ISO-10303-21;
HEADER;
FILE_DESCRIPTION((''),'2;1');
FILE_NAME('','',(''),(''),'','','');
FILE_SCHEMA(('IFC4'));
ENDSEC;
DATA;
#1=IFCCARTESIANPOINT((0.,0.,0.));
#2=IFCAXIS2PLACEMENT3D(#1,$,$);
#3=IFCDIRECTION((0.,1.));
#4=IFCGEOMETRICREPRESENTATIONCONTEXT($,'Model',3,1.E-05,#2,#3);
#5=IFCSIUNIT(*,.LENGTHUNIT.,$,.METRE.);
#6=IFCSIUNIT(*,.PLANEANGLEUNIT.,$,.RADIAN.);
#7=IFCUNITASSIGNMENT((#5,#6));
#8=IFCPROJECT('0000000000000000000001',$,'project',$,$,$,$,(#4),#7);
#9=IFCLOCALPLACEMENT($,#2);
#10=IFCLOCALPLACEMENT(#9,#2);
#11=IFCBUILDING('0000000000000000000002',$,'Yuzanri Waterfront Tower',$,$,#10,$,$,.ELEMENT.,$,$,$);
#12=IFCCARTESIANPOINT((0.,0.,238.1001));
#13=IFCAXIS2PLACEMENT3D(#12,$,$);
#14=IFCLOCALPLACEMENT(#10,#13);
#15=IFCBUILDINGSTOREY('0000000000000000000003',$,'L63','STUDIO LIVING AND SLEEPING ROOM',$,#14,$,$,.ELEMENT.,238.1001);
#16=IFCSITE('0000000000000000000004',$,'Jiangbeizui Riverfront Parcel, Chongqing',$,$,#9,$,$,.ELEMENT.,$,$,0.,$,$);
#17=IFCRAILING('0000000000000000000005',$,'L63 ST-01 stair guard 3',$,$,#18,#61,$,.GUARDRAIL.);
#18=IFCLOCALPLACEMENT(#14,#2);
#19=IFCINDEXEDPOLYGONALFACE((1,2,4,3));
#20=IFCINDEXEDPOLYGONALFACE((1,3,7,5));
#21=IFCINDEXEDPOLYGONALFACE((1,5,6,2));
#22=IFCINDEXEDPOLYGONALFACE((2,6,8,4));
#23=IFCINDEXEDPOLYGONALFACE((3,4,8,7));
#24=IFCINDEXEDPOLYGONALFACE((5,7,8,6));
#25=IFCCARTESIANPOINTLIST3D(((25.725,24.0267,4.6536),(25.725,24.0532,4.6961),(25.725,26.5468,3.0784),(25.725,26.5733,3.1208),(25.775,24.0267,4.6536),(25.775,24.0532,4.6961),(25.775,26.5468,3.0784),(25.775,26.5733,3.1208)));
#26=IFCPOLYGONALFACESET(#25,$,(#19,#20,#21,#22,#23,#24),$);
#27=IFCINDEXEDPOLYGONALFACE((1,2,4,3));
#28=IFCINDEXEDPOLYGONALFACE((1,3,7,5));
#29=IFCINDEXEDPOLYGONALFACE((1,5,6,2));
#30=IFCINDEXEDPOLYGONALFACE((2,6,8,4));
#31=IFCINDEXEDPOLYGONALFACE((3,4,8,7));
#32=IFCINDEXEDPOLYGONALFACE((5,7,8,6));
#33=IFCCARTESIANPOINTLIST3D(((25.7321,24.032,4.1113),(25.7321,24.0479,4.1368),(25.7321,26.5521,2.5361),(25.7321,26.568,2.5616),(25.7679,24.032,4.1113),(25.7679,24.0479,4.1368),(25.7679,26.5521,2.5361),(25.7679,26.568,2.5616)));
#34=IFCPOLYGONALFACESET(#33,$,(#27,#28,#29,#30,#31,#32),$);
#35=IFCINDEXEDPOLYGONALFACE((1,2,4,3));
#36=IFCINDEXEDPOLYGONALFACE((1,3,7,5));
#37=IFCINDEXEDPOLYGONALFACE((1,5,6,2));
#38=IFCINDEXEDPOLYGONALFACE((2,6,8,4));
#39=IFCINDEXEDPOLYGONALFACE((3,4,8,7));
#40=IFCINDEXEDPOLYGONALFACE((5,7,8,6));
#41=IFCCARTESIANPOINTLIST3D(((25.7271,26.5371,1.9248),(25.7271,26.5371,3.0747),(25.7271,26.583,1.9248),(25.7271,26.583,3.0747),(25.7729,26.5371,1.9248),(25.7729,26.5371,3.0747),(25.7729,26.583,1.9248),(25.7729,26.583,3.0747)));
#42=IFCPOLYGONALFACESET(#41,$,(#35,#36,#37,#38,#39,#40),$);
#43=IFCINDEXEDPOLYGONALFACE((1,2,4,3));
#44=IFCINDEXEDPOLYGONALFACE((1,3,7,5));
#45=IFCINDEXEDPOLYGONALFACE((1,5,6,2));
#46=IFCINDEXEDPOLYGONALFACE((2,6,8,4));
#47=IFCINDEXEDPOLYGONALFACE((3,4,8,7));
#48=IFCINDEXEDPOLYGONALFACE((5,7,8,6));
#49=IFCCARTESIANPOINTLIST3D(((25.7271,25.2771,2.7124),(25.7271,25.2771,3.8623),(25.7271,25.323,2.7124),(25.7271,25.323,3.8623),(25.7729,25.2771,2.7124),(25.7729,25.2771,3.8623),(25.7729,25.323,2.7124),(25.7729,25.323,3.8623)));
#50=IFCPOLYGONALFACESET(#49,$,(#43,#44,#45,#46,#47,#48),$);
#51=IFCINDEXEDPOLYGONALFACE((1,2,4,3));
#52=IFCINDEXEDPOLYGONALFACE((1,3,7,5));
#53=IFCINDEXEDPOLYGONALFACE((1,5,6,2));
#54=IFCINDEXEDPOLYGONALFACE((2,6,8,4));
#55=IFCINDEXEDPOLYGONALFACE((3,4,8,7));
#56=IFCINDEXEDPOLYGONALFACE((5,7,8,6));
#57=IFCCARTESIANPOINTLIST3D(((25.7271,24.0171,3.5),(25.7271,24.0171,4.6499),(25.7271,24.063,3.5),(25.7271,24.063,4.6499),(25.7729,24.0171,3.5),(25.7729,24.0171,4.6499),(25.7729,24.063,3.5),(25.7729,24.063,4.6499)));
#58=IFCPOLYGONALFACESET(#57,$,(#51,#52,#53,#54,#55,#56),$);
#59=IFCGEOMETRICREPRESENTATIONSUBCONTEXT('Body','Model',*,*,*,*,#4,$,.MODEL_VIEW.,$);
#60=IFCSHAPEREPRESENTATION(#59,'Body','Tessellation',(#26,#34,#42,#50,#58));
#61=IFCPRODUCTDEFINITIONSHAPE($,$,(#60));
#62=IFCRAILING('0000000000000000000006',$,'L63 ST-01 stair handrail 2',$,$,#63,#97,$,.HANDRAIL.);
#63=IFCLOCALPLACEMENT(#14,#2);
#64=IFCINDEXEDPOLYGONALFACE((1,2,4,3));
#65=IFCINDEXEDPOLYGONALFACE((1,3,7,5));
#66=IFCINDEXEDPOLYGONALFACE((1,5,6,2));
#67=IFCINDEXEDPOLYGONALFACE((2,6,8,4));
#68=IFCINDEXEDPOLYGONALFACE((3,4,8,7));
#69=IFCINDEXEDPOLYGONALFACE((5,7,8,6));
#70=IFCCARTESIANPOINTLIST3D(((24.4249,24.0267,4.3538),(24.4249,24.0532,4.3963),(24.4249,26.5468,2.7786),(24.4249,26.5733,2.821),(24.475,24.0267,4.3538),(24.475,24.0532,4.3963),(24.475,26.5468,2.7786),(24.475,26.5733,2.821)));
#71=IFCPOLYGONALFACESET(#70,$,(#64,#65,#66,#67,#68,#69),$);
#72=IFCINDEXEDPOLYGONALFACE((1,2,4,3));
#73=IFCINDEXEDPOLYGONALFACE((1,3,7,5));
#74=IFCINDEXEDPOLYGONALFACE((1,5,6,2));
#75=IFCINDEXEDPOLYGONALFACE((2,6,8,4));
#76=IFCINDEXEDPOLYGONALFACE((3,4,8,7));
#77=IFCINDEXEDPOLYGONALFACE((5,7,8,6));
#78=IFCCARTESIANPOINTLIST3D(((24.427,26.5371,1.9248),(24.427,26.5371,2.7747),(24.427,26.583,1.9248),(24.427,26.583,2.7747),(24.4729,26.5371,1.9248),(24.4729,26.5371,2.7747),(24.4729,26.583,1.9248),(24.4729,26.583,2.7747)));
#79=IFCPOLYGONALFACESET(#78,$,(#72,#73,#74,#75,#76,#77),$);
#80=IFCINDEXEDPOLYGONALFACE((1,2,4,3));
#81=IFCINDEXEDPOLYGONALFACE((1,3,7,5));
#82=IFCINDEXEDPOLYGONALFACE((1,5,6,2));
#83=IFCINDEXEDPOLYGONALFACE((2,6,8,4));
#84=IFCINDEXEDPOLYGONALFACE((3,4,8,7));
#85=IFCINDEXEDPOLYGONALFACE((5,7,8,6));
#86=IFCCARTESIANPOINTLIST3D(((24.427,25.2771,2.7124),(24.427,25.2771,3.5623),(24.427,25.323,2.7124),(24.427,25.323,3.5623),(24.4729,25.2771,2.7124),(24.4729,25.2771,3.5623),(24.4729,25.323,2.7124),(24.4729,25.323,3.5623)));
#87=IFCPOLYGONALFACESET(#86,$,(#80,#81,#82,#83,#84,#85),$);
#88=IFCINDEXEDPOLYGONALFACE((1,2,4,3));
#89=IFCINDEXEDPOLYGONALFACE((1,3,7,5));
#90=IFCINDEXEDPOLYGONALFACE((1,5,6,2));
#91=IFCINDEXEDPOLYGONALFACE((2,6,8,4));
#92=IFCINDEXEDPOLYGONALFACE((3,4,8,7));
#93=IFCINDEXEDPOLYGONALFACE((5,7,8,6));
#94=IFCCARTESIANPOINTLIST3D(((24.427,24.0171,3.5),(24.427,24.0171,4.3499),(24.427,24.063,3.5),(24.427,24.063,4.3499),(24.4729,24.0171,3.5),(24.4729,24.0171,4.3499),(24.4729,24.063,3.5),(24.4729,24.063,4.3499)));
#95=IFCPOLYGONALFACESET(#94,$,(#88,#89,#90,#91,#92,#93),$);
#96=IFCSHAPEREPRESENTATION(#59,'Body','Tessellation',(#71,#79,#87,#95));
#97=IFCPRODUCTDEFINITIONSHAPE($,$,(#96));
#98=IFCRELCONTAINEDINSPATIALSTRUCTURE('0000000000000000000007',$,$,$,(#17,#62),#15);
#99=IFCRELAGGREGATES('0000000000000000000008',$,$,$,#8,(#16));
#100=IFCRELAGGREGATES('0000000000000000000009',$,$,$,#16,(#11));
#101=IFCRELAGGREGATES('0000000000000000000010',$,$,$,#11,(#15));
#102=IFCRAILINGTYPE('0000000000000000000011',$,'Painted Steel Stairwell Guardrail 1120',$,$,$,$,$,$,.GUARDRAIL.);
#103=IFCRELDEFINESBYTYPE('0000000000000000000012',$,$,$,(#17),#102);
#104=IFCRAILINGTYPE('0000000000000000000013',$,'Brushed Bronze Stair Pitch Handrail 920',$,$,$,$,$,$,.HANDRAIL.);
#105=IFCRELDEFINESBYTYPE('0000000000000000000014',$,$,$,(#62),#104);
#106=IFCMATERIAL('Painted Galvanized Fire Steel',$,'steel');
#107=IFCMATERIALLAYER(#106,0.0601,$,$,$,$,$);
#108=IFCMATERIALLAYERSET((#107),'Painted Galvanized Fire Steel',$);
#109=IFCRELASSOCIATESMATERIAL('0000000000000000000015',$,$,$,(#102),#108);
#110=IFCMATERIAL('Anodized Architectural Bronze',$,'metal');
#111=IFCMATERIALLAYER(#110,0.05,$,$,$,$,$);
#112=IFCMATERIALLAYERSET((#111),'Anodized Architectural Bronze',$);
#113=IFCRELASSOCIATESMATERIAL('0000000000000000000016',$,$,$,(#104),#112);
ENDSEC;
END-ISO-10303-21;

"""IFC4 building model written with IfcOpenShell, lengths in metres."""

from ifc_helpers import new_model, si_unit, direction, frame, origin, origin_2d, place, context, subcontext, project, spatial, rectangle, extrude, source, transform, mapped, material, layer, layer_set, type_object, element, save


model = new_model("IFC4")

# Units and contexts
model_context = context("Model", 3, precision=1e-05, world=origin(), true_north=direction((0.0, 1.0)))
body_context = subcontext(model_context, "Body", "Model", "MODEL_VIEW")
ifc_project = project(units=[si_unit("LENGTHUNIT", "METRE"), si_unit("PLANEANGLEUNIT", "RADIAN")], contexts=[model_context])

# Site, building, storey
site_placement = place(None, origin())
site = spatial("IfcSite", under=ifc_project, at=site_placement, Name="Jiangbeizui Riverfront Parcel, Chongqing", CompositionType="ELEMENT", RefElevation=0.0)
building_placement = place(site_placement, origin())
building = spatial("IfcBuilding", under=site, at=building_placement, Name="Yuzanri Waterfront Tower", CompositionType="ELEMENT")
storey_placement = place(building_placement, frame((0.0, 0.0, 238.1001)))
storey = spatial("IfcBuildingStorey", under=building, at=storey_placement, Name="L63", Description="STUDIO LIVING AND SLEEPING ROOM", CompositionType="ELEMENT", Elevation=238.1001)

# Railings
ifc_material_1 = material(Name="Painted Galvanized Fire Steel", Category="steel")
ifc_layer_1 = layer(ifc_material_1, 0.0601)
ifc_layer_set_1 = layer_set([ifc_layer_1], Name="Painted Galvanized Fire Steel")
railing_type_1 = type_object("IfcRailingType", Name="Painted Steel Stairwell Guardrail 1120", PredefinedType="GUARDRAIL", material=ifc_layer_set_1)
shared_shape_1 = source(origin(), body_context, "Body", "SweptSolid", [
    extrude(rectangle(XDim=0.05, YDim=0.05, at=origin_2d()), frame((0.0, 0.0, 1.1748), z_axis=(0.0, -0.847971, 0.530043), x_axis=(1.0, 0.0, 0.0)), (0.0, 0.0, 1.0), 2.9719),
    extrude(rectangle(XDim=0.0359, YDim=0.03, at=origin_2d()), frame((0.0, 0.0, 0.624), z_axis=(0.0, -0.847971, 0.530043), x_axis=(1.0, 0.0, 0.0)), (0.0, 0.0, 1.0), 2.9719),
    extrude(rectangle(XDim=0.0459, YDim=0.0459, at=origin_2d()), origin(), (0.0, 0.0, 1.0), 1.1499),
    extrude(rectangle(XDim=0.0459, YDim=0.0459, at=origin_2d()), frame((0.0, -1.26, 0.7876)), (0.0, 0.0, 1.0), 1.1499),
    extrude(rectangle(XDim=0.0459, YDim=0.0459, at=origin_2d()), frame((0.0, -2.52, 1.5752)), (0.0, 0.0, 1.0), 1.1499),
])
railing_1_placement = place(storey_placement, frame((25.75, 26.5601, 1.9248)))
element("IfcRailing", 1, at=railing_1_placement, inside=storey, type_object=railing_type_1, Name="L63 ST-01 stair guard 3", PredefinedType="GUARDRAIL", context=body_context, shape_type="MappedRepresentation", body=[
    mapped(shared_shape_1, transform((0.0, 0.0, 0.0), scale=1.0)),
])
ifc_material_2 = material(Name="Anodized Architectural Bronze", Category="metal")
ifc_layer_2 = layer(ifc_material_2, 0.05)
ifc_layer_set_2 = layer_set([ifc_layer_2], Name="Anodized Architectural Bronze")
railing_type_2 = type_object("IfcRailingType", Name="Brushed Bronze Stair Pitch Handrail 920", PredefinedType="HANDRAIL", material=ifc_layer_set_2)
shared_shape_2 = source(origin(), body_context, "Body", "SweptSolid", [
    extrude(rectangle(XDim=0.05, YDim=0.05, at=origin_2d()), frame((0.0, 0.0, 0.875), z_axis=(0.0, -0.847971, 0.530043), x_axis=(1.0, 0.0, 0.0)), (0.0, 0.0, 1.0), 2.9719),
    extrude(rectangle(XDim=0.0459, YDim=0.0459, at=origin_2d()), origin(), (0.0, 0.0, 1.0), 0.8499),
    extrude(rectangle(XDim=0.0459, YDim=0.0459, at=origin_2d()), frame((0.0, -1.26, 0.7876)), (0.0, 0.0, 1.0), 0.8499),
    extrude(rectangle(XDim=0.0459, YDim=0.0459, at=origin_2d()), frame((0.0, -2.52, 1.5752)), (0.0, 0.0, 1.0), 0.8499),
])
railing_2_placement = place(storey_placement, frame((24.45, 26.5601, 1.9248)))
element("IfcRailing", 2, at=railing_2_placement, inside=storey, type_object=railing_type_2, Name="L63 ST-01 stair handrail 2", PredefinedType="HANDRAIL", context=body_context, shape_type="MappedRepresentation", body=[
    mapped(shared_shape_2, transform((0.0, 0.0, 0.0), scale=1.0)),
])

save(model, "model.ifc")
